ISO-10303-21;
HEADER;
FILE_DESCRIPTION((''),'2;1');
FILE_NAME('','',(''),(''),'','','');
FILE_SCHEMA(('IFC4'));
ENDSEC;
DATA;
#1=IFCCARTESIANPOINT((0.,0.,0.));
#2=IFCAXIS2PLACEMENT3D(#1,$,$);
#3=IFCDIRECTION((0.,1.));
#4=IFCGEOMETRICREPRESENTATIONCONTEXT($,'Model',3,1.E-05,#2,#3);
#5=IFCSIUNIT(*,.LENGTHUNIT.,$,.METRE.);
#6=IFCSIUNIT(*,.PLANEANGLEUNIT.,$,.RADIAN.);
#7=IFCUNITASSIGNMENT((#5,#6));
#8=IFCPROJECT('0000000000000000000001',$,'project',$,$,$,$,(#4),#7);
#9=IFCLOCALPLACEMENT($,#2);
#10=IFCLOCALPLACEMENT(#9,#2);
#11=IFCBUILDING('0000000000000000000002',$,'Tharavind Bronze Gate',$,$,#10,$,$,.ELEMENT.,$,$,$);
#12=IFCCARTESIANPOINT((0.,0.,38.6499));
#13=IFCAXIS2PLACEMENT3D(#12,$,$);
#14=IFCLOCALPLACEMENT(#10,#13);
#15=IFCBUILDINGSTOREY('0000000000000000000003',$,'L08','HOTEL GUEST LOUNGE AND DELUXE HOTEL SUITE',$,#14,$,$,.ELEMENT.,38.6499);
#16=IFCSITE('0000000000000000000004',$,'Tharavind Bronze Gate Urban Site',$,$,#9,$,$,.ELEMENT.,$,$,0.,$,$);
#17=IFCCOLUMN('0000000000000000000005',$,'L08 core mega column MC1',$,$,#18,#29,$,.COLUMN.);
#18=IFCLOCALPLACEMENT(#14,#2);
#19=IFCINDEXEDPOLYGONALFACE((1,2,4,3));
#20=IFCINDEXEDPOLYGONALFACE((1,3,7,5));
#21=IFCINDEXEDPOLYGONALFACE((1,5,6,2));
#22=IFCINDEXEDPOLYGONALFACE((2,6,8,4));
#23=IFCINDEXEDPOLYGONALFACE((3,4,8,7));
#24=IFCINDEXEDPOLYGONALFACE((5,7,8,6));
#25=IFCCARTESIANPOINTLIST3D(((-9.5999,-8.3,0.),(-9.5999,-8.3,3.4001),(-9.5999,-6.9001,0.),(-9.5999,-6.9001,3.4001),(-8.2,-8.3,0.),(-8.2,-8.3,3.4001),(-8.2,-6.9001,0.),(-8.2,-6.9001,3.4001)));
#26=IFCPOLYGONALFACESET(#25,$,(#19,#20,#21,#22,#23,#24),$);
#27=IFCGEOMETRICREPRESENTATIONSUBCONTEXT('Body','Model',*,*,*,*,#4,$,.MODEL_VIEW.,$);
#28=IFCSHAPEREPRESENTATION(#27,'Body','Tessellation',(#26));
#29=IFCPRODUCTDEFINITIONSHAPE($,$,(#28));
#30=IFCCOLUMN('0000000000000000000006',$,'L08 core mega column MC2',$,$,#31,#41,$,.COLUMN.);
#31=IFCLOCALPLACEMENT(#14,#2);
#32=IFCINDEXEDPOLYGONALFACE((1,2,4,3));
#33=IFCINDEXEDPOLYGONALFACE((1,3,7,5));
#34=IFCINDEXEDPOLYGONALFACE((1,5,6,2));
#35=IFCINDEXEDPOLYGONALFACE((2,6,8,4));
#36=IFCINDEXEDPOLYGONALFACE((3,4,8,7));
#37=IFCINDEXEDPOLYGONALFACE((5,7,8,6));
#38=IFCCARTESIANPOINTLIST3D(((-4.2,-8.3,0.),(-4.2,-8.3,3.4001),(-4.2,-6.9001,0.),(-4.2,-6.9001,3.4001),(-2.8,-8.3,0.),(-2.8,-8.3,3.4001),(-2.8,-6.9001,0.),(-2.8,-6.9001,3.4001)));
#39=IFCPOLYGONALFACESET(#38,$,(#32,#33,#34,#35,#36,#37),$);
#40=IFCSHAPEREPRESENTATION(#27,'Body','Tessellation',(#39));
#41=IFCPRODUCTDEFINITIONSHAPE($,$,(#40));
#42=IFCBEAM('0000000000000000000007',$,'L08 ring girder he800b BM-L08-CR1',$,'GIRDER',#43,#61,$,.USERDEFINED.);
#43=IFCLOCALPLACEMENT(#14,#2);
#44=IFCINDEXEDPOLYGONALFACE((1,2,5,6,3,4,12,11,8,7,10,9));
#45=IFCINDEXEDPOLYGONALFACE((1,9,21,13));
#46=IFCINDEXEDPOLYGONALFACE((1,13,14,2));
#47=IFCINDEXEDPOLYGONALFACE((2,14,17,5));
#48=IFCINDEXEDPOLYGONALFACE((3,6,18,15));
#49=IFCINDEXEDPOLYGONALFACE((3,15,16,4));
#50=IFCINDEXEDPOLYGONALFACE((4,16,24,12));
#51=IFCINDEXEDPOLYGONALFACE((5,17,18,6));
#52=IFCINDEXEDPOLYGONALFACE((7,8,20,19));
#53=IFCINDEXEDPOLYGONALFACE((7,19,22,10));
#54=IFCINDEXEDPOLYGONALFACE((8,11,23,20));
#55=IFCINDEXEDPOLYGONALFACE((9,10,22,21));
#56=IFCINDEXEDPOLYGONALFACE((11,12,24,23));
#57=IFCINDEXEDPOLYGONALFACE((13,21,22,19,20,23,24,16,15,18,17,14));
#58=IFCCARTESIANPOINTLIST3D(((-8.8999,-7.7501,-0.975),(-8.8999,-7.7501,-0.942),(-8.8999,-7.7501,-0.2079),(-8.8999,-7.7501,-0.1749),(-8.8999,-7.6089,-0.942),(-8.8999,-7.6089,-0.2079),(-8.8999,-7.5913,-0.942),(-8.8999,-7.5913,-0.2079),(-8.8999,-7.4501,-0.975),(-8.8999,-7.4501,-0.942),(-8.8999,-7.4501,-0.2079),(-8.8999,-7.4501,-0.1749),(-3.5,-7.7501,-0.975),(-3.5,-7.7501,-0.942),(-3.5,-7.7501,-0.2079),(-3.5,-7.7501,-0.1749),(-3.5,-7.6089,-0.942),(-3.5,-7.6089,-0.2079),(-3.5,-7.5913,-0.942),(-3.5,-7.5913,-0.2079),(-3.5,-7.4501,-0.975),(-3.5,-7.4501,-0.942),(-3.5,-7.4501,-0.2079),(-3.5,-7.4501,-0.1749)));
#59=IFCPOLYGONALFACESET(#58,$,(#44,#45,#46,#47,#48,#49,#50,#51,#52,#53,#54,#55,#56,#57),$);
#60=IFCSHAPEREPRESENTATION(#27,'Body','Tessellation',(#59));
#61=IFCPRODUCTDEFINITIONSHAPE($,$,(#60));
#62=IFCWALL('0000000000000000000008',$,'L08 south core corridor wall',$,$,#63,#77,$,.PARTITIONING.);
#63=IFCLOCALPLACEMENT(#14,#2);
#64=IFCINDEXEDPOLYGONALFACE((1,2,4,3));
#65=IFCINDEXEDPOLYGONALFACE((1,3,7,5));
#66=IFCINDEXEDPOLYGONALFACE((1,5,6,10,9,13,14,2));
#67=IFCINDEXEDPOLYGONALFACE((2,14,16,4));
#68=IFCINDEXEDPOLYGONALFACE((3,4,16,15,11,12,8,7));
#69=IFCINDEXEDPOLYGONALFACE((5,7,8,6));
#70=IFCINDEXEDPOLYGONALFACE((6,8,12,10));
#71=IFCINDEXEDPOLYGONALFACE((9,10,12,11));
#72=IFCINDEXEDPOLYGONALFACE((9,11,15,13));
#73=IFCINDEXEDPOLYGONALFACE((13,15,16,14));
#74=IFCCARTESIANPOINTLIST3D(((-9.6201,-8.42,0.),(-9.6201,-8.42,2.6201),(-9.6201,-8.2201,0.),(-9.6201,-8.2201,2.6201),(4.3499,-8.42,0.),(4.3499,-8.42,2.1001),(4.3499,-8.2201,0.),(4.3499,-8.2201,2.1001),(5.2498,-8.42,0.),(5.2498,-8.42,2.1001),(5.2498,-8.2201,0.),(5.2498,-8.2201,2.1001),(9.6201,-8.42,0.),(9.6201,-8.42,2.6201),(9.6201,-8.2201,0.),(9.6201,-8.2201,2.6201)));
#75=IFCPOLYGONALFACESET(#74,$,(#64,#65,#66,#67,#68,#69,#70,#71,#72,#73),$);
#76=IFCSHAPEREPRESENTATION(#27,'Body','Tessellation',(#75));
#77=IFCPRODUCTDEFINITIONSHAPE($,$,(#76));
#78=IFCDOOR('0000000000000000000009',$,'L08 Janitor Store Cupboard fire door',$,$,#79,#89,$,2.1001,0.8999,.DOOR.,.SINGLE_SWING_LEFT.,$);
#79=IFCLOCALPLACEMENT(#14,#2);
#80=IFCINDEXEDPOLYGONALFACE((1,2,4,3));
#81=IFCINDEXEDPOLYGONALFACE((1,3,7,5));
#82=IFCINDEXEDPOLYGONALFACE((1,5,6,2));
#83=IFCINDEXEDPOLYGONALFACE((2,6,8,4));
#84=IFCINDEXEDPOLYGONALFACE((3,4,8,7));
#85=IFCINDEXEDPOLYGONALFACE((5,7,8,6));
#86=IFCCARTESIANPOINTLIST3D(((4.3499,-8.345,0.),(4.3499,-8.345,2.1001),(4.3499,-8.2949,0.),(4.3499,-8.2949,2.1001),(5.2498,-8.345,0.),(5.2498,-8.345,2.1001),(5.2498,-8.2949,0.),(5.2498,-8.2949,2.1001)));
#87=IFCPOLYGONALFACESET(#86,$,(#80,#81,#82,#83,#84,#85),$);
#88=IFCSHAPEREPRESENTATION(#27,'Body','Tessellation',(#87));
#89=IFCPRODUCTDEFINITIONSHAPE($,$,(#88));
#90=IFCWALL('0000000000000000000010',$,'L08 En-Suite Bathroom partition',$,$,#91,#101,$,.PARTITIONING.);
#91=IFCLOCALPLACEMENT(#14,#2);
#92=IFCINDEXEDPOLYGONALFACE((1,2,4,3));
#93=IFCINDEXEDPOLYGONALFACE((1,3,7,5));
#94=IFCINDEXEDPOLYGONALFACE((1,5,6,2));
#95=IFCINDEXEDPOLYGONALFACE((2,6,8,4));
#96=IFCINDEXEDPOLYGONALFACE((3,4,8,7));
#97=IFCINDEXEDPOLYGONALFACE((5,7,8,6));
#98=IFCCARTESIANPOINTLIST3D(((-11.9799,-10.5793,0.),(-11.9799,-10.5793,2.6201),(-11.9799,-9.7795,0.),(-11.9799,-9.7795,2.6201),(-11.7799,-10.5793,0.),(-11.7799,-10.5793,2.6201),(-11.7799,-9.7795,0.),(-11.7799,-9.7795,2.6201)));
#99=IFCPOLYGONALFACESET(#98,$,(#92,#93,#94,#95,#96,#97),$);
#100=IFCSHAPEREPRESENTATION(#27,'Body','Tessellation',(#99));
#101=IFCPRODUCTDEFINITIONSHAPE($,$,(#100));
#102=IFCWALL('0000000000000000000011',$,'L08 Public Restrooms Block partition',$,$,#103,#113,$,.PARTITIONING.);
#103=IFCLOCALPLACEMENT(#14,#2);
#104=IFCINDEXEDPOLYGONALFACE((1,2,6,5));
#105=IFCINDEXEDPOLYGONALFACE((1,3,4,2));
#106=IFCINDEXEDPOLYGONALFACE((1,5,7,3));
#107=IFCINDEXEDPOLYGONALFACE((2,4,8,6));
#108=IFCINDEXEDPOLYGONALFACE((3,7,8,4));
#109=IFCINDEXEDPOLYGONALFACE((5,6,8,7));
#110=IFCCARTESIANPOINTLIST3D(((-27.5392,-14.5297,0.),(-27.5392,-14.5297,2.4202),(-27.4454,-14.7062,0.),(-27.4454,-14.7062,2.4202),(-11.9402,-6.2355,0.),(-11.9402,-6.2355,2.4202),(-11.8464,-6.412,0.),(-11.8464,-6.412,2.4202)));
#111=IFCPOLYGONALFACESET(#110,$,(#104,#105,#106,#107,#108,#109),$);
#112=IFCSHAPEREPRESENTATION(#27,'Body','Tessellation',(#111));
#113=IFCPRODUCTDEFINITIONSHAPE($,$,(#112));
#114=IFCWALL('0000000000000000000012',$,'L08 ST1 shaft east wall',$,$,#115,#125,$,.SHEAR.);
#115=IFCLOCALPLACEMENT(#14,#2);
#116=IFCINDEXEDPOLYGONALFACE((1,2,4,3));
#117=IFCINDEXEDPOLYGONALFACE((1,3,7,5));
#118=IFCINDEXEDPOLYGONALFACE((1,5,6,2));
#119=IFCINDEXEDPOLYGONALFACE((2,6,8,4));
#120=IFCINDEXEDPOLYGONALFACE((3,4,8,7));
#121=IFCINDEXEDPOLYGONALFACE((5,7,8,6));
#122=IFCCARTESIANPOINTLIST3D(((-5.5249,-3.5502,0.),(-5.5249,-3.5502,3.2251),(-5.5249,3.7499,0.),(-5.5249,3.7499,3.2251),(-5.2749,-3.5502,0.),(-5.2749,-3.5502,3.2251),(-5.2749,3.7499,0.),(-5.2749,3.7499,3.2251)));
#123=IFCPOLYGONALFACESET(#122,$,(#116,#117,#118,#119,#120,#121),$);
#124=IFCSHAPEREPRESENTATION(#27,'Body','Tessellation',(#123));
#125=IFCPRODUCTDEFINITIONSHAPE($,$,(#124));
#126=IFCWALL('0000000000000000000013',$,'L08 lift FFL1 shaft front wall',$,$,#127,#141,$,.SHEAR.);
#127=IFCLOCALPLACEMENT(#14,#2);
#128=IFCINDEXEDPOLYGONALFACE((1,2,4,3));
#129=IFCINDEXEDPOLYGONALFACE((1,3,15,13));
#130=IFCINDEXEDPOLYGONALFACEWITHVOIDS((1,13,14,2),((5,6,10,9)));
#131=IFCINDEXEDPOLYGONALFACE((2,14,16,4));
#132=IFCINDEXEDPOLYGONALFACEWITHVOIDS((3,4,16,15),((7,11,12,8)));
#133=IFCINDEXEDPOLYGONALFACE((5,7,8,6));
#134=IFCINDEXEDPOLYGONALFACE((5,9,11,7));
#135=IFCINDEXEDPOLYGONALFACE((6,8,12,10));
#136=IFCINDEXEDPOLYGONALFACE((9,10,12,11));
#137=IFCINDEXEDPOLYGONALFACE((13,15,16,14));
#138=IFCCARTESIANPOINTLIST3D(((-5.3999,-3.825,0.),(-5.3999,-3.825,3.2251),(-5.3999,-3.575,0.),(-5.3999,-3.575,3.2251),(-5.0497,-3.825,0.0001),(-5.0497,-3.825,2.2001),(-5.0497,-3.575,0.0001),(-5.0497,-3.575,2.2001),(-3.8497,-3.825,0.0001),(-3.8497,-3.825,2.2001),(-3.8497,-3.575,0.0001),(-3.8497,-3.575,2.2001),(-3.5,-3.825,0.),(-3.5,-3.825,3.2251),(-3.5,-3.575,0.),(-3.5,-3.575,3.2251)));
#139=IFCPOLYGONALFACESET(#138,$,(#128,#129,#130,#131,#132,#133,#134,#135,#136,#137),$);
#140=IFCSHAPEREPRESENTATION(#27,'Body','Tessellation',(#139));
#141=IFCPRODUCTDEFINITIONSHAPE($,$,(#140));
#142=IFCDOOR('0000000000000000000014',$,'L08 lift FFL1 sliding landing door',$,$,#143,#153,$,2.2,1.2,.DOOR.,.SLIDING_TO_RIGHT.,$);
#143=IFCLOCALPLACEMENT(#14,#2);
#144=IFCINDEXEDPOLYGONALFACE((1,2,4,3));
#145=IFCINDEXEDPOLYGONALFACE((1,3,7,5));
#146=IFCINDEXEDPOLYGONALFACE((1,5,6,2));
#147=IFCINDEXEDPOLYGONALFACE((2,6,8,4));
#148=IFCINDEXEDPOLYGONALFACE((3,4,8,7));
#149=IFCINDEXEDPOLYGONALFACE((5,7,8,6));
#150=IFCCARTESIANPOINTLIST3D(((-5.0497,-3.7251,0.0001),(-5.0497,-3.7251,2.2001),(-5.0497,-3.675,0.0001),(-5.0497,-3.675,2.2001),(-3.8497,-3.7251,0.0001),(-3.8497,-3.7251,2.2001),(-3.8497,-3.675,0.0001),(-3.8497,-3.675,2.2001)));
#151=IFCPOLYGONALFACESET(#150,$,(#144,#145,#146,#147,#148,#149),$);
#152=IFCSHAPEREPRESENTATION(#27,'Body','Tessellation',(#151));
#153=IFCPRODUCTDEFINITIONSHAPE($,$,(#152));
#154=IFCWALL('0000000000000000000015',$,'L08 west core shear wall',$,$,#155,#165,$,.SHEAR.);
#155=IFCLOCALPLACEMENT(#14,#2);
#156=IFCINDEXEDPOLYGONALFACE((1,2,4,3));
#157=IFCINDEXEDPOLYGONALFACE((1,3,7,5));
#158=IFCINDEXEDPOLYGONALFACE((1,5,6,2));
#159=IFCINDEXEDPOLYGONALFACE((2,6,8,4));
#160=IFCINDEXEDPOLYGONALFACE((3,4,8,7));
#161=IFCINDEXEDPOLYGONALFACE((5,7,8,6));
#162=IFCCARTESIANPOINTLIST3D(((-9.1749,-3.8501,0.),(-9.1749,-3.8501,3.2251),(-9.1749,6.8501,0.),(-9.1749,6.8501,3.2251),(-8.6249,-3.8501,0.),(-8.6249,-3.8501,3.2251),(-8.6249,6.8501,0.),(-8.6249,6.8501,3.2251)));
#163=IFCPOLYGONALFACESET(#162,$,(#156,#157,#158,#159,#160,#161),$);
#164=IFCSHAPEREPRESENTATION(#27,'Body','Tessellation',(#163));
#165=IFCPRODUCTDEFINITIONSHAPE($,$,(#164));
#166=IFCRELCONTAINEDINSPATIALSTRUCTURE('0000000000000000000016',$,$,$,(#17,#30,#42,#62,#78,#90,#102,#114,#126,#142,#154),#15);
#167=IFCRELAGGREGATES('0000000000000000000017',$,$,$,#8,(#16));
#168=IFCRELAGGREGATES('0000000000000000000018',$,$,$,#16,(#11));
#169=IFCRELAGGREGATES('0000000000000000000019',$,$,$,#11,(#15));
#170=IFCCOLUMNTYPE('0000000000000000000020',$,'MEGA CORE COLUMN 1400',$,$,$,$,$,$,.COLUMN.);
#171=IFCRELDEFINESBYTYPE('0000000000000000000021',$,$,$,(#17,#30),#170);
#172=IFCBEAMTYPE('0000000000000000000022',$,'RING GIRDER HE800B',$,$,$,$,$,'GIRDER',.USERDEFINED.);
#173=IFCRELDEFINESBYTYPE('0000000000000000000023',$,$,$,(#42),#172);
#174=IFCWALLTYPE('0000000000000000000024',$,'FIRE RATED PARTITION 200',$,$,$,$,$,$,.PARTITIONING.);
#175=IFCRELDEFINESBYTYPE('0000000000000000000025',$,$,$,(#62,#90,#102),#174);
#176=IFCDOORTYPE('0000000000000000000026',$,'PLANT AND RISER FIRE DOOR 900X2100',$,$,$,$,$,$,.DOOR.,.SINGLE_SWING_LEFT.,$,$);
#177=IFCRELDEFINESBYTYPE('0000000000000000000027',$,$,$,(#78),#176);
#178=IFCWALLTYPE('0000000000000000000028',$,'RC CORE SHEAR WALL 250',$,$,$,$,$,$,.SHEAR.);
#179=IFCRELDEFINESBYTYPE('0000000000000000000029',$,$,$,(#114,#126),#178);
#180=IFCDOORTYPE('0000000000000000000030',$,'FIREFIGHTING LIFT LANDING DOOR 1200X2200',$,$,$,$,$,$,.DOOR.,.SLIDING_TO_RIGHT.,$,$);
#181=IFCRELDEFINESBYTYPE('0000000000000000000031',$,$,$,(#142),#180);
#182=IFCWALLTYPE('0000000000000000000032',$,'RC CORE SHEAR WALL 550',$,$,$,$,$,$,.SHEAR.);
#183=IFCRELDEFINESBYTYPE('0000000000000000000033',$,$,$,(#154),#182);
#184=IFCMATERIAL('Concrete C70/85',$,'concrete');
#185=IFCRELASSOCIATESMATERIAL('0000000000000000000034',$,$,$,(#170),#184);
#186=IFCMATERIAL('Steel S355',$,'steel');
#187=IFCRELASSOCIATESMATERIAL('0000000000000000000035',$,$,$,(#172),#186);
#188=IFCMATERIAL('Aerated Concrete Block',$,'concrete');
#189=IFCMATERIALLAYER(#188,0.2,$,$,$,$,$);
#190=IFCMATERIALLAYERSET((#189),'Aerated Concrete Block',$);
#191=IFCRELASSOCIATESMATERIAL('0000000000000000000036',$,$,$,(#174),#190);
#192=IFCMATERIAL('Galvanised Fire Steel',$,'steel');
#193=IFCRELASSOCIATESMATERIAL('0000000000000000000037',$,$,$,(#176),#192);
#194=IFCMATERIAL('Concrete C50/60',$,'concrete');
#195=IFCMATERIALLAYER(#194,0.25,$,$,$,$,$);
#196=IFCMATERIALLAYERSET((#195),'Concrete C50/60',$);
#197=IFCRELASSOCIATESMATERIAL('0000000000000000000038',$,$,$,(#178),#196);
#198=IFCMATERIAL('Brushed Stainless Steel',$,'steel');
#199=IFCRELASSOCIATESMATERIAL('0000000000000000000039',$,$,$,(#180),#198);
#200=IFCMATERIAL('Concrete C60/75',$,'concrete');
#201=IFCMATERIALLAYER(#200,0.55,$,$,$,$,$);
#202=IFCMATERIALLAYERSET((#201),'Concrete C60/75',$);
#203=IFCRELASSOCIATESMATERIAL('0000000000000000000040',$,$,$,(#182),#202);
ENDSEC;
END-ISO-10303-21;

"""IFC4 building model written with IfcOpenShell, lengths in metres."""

from ifc_helpers import new_model, si_unit, direction, frame, frame_2d, origin, origin_2d, place, context, subcontext, project, spatial, rectangle, i_section, extrude, material, layer, layer_set, material_profile, profile_set, type_object, element, fill, save


model = new_model("IFC4")

# Units and contexts
model_context = context("Model", 3, precision=1e-05, world=origin(), true_north=direction((0.0, 1.0)))
body_context = subcontext(model_context, "Body", "Model", "MODEL_VIEW")
ifc_project = project(units=[si_unit("LENGTHUNIT", "METRE"), si_unit("PLANEANGLEUNIT", "RADIAN")], contexts=[model_context])

# Site, building, storey
site_placement = place(None, origin())
site = spatial("IfcSite", under=ifc_project, at=site_placement, Name="Tharavind Bronze Gate Urban Site", CompositionType="ELEMENT", RefElevation=0.0)
building_placement = place(site_placement, origin())
building = spatial("IfcBuilding", under=site, at=building_placement, Name="Tharavind Bronze Gate", CompositionType="ELEMENT")
storey_placement = place(building_placement, frame((0.0, 0.0, 38.6499)))
storey = spatial("IfcBuildingStorey", under=building, at=storey_placement, Name="L08", Description="HOTEL GUEST LOUNGE AND DELUXE HOTEL SUITE", CompositionType="ELEMENT", Elevation=38.6499)

# Columns
ifc_material_1 = material(Name="Concrete C70/85", Category="concrete")
ifc_material_profile_1 = material_profile(ifc_material_1, rectangle(XDim=1.3999, YDim=1.3999, at=origin_2d()), Name="RCCOL1400")
ifc_profile_set_1 = profile_set([ifc_material_profile_1], Name="Concrete C70/85")
column_type = type_object("IfcColumnType", Name="MEGA CORE COLUMN 1400", PredefinedType="COLUMN", material=ifc_profile_set_1)
for number, where, z_axis, x_axis, name in (
    (1, (-8.8999, -7.6001, 0.0), (0.0, 0.0, 1.0), (1.0, 0.0, 0.0), "L08 core mega column MC1"),
    (2, (-3.5, -7.6001, 0.0), (0.0, 0.0, 1.0), (1.0, 0.0, 0.0), "L08 core mega column MC2"),
):
    element("IfcColumn", number, at=place(storey_placement, frame(where, z_axis=z_axis, x_axis=x_axis)), inside=storey, type_object=column_type, Name=name, PredefinedType="COLUMN", context=body_context, shape_type="SweptSolid", body=[
        extrude(rectangle(XDim=1.3999, YDim=1.3999, at=origin_2d()), origin(), (0.0, 0.0, 1.0), 3.4001),
    ])

# Beam
ifc_material_2 = material(Name="Steel S355", Category="steel")
ifc_material_profile_2 = material_profile(ifc_material_2, i_section(OverallWidth=0.3, OverallDepth=0.8, WebThickness=0.0176, FlangeThickness=0.033, at=origin_2d()), Name="HE800B")
ifc_profile_set_2 = profile_set([ifc_material_profile_2], Name="Steel S355")
beam_type = type_object("IfcBeamType", Name="RING GIRDER HE800B", ElementType="GIRDER", PredefinedType="USERDEFINED", material=ifc_profile_set_2)
beam_placement = place(storey_placement, frame((-8.8999, -7.6001, -0.575), z_axis=(1.0, 0.0, 0.0), x_axis=(0.0, 1.0, 0.0)))
element("IfcBeam", 3, at=beam_placement, inside=storey, type_object=beam_type, Name="L08 ring girder he800b BM-L08-CR1", ObjectType="GIRDER", PredefinedType="USERDEFINED", context=body_context, shape_type="SweptSolid", body=[
    extrude(i_section(OverallWidth=0.3, OverallDepth=0.8, WebThickness=0.0176, FlangeThickness=0.033, at=origin_2d()), origin(), (0.0, 0.0, 1.0), 5.3999),
])

# Wall, opening, door
ifc_material_3 = material(Name="Aerated Concrete Block", Category="concrete")
ifc_layer_1 = layer(ifc_material_3, 0.2)
ifc_layer_set_1 = layer_set([ifc_layer_1], Name="Aerated Concrete Block")
wall_type_1 = type_object("IfcWallType", Name="FIRE RATED PARTITION 200", PredefinedType="PARTITIONING", material=ifc_layer_set_1)
wall_1_placement = place(storey_placement, frame((-9.6201, -8.3201, 0.0), z_axis=(0.0, 0.0, 1.0), x_axis=(1.0, 0.0, 0.0)))
wall_1 = element("IfcWall", 4, at=wall_1_placement, inside=storey, type_object=wall_type_1, Name="L08 south core corridor wall", PredefinedType="PARTITIONING", context=body_context, shape_type="SweptSolid", body=[
    extrude(rectangle(XDim=19.2402, YDim=0.2, at=frame_2d((9.6201, 0.0))), origin(), (0.0, 0.0, 1.0), 2.6201),
])
opening_1_placement = place(wall_1_placement, frame((13.97, 0.0, 0.0)))
opening_1 = element("IfcOpeningElement", 5, at=opening_1_placement, cuts=wall_1, PredefinedType="OPENING", context=body_context, shape_type="SweptSolid", body=[
    extrude(rectangle(XDim=0.8999, YDim=2.1001, at=frame_2d((0.45, 1.05))), frame((0.0, 0.1101, 0.0), z_axis=(0.0, -1.0, 0.0), x_axis=(1.0, 0.0, 0.0)), (0.0, 0.0, 1.0), 0.22),
])
ifc_material_4 = material(Name="Galvanised Fire Steel", Category="steel")
door_type_1 = type_object("IfcDoorType", Name="PLANT AND RISER FIRE DOOR 900X2100", OperationType="SINGLE_SWING_LEFT", PredefinedType="DOOR", material=ifc_material_4)
door_1_placement = place(opening_1_placement, frame((0.8999, 0.0, 0.0), z_axis=(0.0, 0.0, 1.0), x_axis=(-1.0, 0.0, 0.0)))
door_1 = element("IfcDoor", 6, at=door_1_placement, inside=storey, type_object=door_type_1, Name="L08 Janitor Store Cupboard fire door", OperationType="SINGLE_SWING_LEFT", OverallHeight=2.1001, OverallWidth=0.8999, PredefinedType="DOOR", context=body_context, shape_type="SweptSolid", body=[
    extrude(rectangle(XDim=0.8999, YDim=2.1001, at=frame_2d((0.45, 1.05))), frame((0.0, 0.0249, 0.0), z_axis=(0.0, -1.0, 0.0), x_axis=(1.0, 0.0, 0.0)), (0.0, 0.0, 1.0), 0.05),
])
fill(opening_1, door_1)

# Walls
wall_2_placement = place(storey_placement, frame((-11.8799, -9.7795, 0.0), z_axis=(0.0, 0.0, 1.0), x_axis=(0.0, -1.0, 0.0)))
element("IfcWall", 7, at=wall_2_placement, inside=storey, type_object=wall_type_1, Name="L08 En-Suite Bathroom partition", PredefinedType="PARTITIONING", context=body_context, shape_type="SweptSolid", body=[
    extrude(rectangle(XDim=0.7998, YDim=0.2, at=frame_2d((0.3999, 0.0))), origin(), (0.0, 0.0, 1.0), 2.6201),
])
wall_3_placement = place(storey_placement, frame((-11.8933, -6.3237, 0.0), z_axis=(0.0, 0.0, 1.0), x_axis=(-0.882945, -0.469477, 0.0)))
element("IfcWall", 8, at=wall_3_placement, inside=storey, type_object=wall_type_1, Name="L08 Public Restrooms Block partition", PredefinedType="PARTITIONING", context=body_context, shape_type="SweptSolid", body=[
    extrude(rectangle(XDim=17.667, YDim=0.2, at=frame_2d((8.8335, 0.0))), origin(), (0.0, 0.0, 1.0), 2.4202),
])

# Wall
ifc_material_5 = material(Name="Concrete C50/60", Category="concrete")
ifc_layer_2 = layer(ifc_material_5, 0.25)
ifc_layer_set_2 = layer_set([ifc_layer_2], Name="Concrete C50/60")
wall_type_2 = type_object("IfcWallType", Name="RC CORE SHEAR WALL 250", PredefinedType="SHEAR", material=ifc_layer_set_2)
wall_4_placement = place(storey_placement, frame((-5.3999, -3.55, 0.0), z_axis=(0.0, 0.0, 1.0), x_axis=(0.0, 1.0, 0.0)))
element("IfcWall", 9, at=wall_4_placement, inside=storey, type_object=wall_type_2, Name="L08 ST1 shaft east wall", PredefinedType="SHEAR", context=body_context, shape_type="SweptSolid", body=[
    extrude(rectangle(XDim=7.3, YDim=0.25, at=frame_2d((3.6499, 0.0))), origin(), (0.0, 0.0, 1.0), 3.2251),
])

# Wall, opening, door
wall_5_placement = place(storey_placement, frame((-5.3999, -3.7, 0.0), z_axis=(0.0, 0.0, 1.0), x_axis=(1.0, 0.0, 0.0)))
wall_5 = element("IfcWall", 10, at=wall_5_placement, inside=storey, type_object=wall_type_2, Name="L08 lift FFL1 shaft front wall", PredefinedType="SHEAR", context=body_context, shape_type="SweptSolid", body=[
    extrude(rectangle(XDim=1.8999, YDim=0.25, at=frame_2d((0.95, 0.0))), origin(), (0.0, 0.0, 1.0), 3.2251),
])
opening_2_placement = place(wall_5_placement, frame((0.3501, 0.0, 0.0)))
opening_2 = element("IfcOpeningElement", 11, at=opening_2_placement, cuts=wall_5, PredefinedType="OPENING", context=body_context, shape_type="SweptSolid", body=[
    extrude(rectangle(XDim=1.2, YDim=2.2, at=frame_2d((0.6001, 1.1001))), frame((0.0, 0.135, 0.0), z_axis=(0.0, -1.0, 0.0), x_axis=(1.0, 0.0, 0.0)), (0.0, 0.0, 1.0), 0.27),
])
ifc_material_6 = material(Name="Brushed Stainless Steel", Category="steel")
door_type_2 = type_object("IfcDoorType", Name="FIREFIGHTING LIFT LANDING DOOR 1200X2200", OperationType="SLIDING_TO_RIGHT", PredefinedType="DOOR", material=ifc_material_6)
door_2_placement = place(opening_2_placement, origin())
door_2 = element("IfcDoor", 12, at=door_2_placement, inside=storey, type_object=door_type_2, Name="L08 lift FFL1 sliding landing door", OperationType="SLIDING_TO_RIGHT", OverallHeight=2.2, OverallWidth=1.2, PredefinedType="DOOR", context=body_context, shape_type="SweptSolid", body=[
    extrude(rectangle(XDim=1.2, YDim=2.2, at=frame_2d((0.6001, 1.1001))), frame((0.0, 0.0249, 0.0), z_axis=(0.0, -1.0, 0.0), x_axis=(1.0, 0.0, 0.0)), (0.0, 0.0, 1.0), 0.05),
])
fill(opening_2, door_2)

# Wall
ifc_material_7 = material(Name="Concrete C60/75", Category="concrete")
ifc_layer_3 = layer(ifc_material_7, 0.55)
ifc_layer_set_3 = layer_set([ifc_layer_3], Name="Concrete C60/75")
wall_type_3 = type_object("IfcWallType", Name="RC CORE SHEAR WALL 550", PredefinedType="SHEAR", material=ifc_layer_set_3)
wall_6_placement = place(storey_placement, frame((-8.8999, -3.8501, 0.0), z_axis=(0.0, 0.0, 1.0), x_axis=(0.0, 1.0, 0.0)))
element("IfcWall", 13, at=wall_6_placement, inside=storey, type_object=wall_type_3, Name="L08 west core shear wall", PredefinedType="SHEAR", context=body_context, shape_type="SweptSolid", body=[
    extrude(rectangle(XDim=10.7002, YDim=0.55, at=frame_2d((5.3501, 0.0))), origin(), (0.0, 0.0, 1.0), 3.2251),
])

save(model, "model.ifc")
